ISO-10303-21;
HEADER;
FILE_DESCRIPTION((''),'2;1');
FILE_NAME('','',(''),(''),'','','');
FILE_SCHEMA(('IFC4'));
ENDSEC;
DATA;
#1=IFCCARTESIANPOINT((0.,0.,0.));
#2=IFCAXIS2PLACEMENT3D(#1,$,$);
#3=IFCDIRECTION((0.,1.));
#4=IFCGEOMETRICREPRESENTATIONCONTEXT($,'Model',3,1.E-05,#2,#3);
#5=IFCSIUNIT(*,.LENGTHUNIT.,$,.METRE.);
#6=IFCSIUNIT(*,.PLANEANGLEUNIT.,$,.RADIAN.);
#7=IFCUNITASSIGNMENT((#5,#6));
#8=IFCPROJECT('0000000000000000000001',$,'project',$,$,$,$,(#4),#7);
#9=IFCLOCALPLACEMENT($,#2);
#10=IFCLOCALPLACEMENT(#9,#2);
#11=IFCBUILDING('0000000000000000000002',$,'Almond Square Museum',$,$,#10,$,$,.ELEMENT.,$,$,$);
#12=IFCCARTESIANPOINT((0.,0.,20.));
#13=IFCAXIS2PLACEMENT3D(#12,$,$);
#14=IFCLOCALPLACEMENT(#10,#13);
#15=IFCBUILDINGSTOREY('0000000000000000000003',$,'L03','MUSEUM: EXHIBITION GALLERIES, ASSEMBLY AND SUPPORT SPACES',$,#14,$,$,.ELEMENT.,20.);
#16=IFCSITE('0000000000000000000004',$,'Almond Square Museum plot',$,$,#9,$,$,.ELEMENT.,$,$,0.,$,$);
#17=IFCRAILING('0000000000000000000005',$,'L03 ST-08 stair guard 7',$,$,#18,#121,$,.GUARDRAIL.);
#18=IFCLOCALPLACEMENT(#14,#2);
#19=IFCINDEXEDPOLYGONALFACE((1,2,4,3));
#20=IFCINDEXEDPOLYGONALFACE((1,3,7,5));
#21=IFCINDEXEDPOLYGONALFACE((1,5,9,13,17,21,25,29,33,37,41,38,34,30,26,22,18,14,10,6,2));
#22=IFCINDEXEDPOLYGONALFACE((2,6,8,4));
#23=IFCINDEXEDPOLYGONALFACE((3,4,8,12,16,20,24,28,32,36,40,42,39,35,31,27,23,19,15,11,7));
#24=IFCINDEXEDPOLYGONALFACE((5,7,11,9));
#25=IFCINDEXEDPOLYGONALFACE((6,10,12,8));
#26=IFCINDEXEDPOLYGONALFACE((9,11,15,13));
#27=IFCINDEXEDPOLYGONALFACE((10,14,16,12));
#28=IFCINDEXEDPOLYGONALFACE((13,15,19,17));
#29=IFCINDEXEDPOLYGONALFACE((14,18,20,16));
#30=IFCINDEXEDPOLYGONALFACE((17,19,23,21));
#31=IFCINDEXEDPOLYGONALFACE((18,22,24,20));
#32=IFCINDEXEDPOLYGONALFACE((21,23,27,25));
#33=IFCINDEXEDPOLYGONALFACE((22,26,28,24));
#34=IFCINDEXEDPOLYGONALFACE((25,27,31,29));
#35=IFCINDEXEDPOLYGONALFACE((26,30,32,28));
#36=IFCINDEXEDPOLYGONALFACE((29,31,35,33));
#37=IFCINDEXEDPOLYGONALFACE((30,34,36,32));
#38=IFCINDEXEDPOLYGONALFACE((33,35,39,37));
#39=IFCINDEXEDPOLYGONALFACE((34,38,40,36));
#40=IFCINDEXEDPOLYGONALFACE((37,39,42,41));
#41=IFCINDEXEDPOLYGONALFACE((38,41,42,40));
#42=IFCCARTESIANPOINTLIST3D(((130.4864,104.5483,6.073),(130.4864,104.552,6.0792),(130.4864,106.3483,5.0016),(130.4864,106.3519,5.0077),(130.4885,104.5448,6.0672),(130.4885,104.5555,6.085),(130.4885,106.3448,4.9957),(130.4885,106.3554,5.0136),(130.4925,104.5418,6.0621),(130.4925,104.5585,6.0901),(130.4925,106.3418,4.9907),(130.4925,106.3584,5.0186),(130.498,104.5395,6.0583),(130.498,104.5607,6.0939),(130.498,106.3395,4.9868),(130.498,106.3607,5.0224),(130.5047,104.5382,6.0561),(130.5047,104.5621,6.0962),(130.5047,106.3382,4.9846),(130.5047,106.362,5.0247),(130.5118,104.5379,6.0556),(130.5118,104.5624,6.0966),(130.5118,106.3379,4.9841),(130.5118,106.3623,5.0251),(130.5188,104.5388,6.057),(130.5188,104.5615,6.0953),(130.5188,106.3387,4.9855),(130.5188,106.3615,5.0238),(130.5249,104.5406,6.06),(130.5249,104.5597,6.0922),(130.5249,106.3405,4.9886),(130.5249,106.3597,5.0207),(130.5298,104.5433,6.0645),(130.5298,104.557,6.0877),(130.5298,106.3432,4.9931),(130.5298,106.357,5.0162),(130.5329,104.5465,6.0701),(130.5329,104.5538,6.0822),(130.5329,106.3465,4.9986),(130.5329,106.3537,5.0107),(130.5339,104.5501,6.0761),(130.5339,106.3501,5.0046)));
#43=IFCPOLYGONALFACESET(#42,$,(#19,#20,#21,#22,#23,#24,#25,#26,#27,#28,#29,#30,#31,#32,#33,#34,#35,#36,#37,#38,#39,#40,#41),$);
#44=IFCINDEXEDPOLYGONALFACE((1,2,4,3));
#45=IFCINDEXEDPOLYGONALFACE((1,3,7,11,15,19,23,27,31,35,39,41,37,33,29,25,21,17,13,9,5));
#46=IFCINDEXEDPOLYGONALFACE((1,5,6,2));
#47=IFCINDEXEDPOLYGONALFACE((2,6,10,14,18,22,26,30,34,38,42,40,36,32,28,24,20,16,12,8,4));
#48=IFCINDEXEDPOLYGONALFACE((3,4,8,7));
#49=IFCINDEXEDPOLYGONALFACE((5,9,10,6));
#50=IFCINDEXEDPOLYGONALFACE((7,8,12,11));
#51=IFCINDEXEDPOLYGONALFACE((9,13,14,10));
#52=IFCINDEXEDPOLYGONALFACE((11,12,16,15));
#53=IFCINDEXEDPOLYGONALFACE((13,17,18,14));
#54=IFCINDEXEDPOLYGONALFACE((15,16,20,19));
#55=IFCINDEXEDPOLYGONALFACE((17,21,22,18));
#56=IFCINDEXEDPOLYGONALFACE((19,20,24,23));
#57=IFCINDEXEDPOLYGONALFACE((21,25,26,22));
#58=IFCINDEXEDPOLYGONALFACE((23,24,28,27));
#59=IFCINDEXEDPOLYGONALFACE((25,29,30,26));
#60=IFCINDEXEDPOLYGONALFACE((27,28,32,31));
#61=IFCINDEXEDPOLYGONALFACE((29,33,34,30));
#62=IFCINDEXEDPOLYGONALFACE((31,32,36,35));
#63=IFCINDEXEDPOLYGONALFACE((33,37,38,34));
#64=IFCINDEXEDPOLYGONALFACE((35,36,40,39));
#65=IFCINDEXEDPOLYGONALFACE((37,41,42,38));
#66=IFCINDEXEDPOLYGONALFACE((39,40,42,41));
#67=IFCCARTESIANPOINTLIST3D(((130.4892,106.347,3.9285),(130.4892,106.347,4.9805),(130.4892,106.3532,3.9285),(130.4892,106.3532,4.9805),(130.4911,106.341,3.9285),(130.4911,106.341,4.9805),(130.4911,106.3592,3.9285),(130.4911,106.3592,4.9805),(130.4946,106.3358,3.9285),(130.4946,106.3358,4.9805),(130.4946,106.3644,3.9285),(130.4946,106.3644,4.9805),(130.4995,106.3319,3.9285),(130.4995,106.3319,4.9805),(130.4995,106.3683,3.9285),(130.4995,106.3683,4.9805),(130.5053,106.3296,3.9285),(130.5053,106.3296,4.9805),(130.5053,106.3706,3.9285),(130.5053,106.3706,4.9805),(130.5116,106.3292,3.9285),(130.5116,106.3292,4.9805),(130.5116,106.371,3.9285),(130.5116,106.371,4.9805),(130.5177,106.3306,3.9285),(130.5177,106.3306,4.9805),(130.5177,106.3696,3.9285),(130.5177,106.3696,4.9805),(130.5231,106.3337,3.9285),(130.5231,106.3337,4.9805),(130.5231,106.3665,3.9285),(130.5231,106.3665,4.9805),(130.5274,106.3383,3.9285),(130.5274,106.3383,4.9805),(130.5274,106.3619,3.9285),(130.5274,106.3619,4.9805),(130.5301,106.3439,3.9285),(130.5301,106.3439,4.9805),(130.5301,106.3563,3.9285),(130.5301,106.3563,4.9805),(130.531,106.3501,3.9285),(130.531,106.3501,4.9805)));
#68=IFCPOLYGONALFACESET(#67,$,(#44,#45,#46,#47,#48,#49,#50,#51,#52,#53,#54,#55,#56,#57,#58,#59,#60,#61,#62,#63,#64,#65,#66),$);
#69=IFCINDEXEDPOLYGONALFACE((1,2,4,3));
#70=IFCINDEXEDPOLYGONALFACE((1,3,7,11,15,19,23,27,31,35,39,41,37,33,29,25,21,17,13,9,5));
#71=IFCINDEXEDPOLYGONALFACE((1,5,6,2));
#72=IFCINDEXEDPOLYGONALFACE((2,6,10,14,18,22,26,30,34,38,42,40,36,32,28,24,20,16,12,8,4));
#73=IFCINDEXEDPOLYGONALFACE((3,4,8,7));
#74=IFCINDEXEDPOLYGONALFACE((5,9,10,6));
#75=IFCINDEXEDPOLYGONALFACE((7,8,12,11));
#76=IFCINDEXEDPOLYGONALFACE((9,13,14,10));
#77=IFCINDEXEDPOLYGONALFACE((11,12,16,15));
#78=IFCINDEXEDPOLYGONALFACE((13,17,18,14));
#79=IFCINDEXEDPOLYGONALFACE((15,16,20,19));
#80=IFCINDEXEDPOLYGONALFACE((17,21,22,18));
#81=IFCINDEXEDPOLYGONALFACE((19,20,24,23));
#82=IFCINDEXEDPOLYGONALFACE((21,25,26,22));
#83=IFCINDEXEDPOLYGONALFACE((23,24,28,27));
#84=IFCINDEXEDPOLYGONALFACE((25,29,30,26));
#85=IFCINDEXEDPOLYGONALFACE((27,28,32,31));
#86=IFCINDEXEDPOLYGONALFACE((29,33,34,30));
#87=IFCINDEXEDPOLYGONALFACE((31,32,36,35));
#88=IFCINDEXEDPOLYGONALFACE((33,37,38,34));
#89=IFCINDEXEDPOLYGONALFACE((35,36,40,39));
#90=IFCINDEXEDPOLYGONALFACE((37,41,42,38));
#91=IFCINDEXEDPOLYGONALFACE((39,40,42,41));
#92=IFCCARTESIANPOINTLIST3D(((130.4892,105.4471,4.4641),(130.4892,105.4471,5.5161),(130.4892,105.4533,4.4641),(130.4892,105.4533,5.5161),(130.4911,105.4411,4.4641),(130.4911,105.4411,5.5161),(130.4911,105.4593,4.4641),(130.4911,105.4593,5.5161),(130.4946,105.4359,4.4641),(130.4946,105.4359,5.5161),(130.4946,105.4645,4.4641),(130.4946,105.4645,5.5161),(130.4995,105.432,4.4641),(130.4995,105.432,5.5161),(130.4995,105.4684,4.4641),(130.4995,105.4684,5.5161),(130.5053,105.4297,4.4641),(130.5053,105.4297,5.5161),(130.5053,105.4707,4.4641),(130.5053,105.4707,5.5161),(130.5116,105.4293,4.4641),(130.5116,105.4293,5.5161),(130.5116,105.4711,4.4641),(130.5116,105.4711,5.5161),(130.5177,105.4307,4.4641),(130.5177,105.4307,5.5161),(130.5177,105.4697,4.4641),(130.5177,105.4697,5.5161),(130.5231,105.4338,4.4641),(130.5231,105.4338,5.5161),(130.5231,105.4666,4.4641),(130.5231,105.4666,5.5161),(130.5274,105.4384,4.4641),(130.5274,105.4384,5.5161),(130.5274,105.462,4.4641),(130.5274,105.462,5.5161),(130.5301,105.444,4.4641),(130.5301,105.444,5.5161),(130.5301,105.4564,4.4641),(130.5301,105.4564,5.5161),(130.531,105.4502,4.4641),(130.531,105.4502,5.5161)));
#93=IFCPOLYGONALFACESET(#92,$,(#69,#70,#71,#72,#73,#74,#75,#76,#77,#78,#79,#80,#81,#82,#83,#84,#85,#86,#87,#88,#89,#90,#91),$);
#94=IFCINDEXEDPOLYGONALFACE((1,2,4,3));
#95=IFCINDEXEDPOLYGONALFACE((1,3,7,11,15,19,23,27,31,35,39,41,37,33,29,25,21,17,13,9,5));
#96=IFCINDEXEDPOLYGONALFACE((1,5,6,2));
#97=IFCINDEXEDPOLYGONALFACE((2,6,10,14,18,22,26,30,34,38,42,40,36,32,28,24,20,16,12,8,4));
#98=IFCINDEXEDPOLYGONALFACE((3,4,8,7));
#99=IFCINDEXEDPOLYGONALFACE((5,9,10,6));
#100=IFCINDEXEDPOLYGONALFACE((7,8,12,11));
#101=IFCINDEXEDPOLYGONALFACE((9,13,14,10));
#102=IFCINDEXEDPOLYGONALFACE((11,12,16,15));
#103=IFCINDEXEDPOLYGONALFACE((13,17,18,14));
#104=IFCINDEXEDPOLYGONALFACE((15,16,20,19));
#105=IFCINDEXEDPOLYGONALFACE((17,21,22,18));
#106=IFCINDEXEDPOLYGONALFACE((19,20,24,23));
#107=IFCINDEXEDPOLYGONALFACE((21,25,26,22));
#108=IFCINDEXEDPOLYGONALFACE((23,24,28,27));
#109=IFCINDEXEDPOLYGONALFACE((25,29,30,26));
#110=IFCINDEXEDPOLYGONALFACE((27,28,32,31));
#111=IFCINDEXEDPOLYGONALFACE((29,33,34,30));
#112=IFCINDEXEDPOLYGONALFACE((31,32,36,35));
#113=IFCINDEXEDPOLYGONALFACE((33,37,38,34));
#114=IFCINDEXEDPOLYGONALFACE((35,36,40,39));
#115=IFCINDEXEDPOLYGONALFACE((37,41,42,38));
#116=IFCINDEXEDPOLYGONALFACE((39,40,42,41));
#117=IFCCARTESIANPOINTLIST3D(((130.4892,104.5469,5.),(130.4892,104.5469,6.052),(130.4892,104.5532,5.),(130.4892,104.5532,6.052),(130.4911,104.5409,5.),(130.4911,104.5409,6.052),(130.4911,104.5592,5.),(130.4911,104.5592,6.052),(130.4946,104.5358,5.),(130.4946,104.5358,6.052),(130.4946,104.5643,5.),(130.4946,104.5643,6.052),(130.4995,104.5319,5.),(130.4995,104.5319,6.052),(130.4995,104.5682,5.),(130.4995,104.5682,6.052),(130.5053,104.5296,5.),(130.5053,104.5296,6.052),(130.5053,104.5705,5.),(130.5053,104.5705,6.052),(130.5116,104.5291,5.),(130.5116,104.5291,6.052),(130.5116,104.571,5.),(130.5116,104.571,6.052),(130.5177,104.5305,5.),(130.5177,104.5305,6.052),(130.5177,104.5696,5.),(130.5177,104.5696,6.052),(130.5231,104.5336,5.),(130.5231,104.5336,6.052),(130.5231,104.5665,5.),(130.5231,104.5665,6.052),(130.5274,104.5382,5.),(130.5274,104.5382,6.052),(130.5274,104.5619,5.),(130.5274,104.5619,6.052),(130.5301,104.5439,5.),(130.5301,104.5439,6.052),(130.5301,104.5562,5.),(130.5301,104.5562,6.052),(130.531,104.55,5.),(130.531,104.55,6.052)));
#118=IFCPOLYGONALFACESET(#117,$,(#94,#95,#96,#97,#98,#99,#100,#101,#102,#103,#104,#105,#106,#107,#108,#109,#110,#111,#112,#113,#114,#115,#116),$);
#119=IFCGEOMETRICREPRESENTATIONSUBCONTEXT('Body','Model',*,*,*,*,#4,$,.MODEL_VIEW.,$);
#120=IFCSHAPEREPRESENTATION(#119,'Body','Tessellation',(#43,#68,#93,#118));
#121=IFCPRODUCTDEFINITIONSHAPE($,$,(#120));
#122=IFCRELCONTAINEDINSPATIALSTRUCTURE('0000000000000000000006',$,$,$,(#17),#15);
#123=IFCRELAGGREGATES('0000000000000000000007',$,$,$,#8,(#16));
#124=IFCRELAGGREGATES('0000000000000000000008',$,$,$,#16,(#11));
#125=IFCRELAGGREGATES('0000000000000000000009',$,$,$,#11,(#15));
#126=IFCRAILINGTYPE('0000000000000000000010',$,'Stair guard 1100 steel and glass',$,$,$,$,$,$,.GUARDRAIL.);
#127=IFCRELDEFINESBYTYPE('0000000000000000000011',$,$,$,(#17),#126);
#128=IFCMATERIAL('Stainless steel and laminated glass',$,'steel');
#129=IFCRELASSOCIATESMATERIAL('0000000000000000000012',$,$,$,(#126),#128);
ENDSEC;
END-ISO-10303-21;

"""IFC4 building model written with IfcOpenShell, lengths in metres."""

from ifc_helpers import new_model, si_unit, direction, frame, origin, origin_2d, place, context, subcontext, project, spatial, circle, extrude, material, type_object, element, save


model = new_model("IFC4")

# Units and contexts
model_context = context("Model", 3, precision=1e-05, world=origin(), true_north=direction((0.0, 1.0)))
body_context = subcontext(model_context, "Body", "Model", "MODEL_VIEW")
ifc_project = project(units=[si_unit("LENGTHUNIT", "METRE"), si_unit("PLANEANGLEUNIT", "RADIAN")], contexts=[model_context])

# Site, building, storey
site_placement = place(None, origin())
site = spatial("IfcSite", under=ifc_project, at=site_placement, Name="Almond Square Museum plot", CompositionType="ELEMENT", RefElevation=0.0)
building_placement = place(site_placement, origin())
building = spatial("IfcBuilding", under=site, at=building_placement, Name="Almond Square Museum", CompositionType="ELEMENT")
storey_placement = place(building_placement, frame((0.0, 0.0, 20.0)))
storey = spatial("IfcBuildingStorey", under=building, at=storey_placement, Name="L03", Description="MUSEUM: EXHIBITION GALLERIES, ASSEMBLY AND SUPPORT SPACES", CompositionType="ELEMENT", Elevation=20.0)

# Railing
ifc_material_1 = material(Name="Stainless steel and laminated glass", Category="steel")
railing_type = type_object("IfcRailingType", Name="Stair guard 1100 steel and glass", PredefinedType="GUARDRAIL", material=ifc_material_1)
railing_placement = place(storey_placement, frame((130.51, 106.3501, 3.9285)))
element("IfcRailing", 1, at=railing_placement, inside=storey, type_object=railing_type, Name="L03 ST-08 stair guard 7", PredefinedType="GUARDRAIL", context=body_context, shape_type="SweptSolid", body=[
    extrude(circle(Radius=0.0239, at=origin_2d()), frame((0.0, 0.0, 1.0762), z_axis=(0.0, -0.859277, 0.51151), x_axis=(1.0, 0.0, 0.0)), (0.0, 0.0, 1.0), 2.0947),
    extrude(circle(Radius=0.021, at=origin_2d()), origin(), (0.0, 0.0, 1.0), 1.052),
    extrude(circle(Radius=0.021, at=origin_2d()), frame((0.0, -0.8999, 0.5356)), (0.0, 0.0, 1.0), 1.052),
    extrude(circle(Radius=0.021, at=origin_2d()), frame((0.0, -1.8, 1.0715)), (0.0, 0.0, 1.0), 1.052),
])

save(model, "model.ifc")
